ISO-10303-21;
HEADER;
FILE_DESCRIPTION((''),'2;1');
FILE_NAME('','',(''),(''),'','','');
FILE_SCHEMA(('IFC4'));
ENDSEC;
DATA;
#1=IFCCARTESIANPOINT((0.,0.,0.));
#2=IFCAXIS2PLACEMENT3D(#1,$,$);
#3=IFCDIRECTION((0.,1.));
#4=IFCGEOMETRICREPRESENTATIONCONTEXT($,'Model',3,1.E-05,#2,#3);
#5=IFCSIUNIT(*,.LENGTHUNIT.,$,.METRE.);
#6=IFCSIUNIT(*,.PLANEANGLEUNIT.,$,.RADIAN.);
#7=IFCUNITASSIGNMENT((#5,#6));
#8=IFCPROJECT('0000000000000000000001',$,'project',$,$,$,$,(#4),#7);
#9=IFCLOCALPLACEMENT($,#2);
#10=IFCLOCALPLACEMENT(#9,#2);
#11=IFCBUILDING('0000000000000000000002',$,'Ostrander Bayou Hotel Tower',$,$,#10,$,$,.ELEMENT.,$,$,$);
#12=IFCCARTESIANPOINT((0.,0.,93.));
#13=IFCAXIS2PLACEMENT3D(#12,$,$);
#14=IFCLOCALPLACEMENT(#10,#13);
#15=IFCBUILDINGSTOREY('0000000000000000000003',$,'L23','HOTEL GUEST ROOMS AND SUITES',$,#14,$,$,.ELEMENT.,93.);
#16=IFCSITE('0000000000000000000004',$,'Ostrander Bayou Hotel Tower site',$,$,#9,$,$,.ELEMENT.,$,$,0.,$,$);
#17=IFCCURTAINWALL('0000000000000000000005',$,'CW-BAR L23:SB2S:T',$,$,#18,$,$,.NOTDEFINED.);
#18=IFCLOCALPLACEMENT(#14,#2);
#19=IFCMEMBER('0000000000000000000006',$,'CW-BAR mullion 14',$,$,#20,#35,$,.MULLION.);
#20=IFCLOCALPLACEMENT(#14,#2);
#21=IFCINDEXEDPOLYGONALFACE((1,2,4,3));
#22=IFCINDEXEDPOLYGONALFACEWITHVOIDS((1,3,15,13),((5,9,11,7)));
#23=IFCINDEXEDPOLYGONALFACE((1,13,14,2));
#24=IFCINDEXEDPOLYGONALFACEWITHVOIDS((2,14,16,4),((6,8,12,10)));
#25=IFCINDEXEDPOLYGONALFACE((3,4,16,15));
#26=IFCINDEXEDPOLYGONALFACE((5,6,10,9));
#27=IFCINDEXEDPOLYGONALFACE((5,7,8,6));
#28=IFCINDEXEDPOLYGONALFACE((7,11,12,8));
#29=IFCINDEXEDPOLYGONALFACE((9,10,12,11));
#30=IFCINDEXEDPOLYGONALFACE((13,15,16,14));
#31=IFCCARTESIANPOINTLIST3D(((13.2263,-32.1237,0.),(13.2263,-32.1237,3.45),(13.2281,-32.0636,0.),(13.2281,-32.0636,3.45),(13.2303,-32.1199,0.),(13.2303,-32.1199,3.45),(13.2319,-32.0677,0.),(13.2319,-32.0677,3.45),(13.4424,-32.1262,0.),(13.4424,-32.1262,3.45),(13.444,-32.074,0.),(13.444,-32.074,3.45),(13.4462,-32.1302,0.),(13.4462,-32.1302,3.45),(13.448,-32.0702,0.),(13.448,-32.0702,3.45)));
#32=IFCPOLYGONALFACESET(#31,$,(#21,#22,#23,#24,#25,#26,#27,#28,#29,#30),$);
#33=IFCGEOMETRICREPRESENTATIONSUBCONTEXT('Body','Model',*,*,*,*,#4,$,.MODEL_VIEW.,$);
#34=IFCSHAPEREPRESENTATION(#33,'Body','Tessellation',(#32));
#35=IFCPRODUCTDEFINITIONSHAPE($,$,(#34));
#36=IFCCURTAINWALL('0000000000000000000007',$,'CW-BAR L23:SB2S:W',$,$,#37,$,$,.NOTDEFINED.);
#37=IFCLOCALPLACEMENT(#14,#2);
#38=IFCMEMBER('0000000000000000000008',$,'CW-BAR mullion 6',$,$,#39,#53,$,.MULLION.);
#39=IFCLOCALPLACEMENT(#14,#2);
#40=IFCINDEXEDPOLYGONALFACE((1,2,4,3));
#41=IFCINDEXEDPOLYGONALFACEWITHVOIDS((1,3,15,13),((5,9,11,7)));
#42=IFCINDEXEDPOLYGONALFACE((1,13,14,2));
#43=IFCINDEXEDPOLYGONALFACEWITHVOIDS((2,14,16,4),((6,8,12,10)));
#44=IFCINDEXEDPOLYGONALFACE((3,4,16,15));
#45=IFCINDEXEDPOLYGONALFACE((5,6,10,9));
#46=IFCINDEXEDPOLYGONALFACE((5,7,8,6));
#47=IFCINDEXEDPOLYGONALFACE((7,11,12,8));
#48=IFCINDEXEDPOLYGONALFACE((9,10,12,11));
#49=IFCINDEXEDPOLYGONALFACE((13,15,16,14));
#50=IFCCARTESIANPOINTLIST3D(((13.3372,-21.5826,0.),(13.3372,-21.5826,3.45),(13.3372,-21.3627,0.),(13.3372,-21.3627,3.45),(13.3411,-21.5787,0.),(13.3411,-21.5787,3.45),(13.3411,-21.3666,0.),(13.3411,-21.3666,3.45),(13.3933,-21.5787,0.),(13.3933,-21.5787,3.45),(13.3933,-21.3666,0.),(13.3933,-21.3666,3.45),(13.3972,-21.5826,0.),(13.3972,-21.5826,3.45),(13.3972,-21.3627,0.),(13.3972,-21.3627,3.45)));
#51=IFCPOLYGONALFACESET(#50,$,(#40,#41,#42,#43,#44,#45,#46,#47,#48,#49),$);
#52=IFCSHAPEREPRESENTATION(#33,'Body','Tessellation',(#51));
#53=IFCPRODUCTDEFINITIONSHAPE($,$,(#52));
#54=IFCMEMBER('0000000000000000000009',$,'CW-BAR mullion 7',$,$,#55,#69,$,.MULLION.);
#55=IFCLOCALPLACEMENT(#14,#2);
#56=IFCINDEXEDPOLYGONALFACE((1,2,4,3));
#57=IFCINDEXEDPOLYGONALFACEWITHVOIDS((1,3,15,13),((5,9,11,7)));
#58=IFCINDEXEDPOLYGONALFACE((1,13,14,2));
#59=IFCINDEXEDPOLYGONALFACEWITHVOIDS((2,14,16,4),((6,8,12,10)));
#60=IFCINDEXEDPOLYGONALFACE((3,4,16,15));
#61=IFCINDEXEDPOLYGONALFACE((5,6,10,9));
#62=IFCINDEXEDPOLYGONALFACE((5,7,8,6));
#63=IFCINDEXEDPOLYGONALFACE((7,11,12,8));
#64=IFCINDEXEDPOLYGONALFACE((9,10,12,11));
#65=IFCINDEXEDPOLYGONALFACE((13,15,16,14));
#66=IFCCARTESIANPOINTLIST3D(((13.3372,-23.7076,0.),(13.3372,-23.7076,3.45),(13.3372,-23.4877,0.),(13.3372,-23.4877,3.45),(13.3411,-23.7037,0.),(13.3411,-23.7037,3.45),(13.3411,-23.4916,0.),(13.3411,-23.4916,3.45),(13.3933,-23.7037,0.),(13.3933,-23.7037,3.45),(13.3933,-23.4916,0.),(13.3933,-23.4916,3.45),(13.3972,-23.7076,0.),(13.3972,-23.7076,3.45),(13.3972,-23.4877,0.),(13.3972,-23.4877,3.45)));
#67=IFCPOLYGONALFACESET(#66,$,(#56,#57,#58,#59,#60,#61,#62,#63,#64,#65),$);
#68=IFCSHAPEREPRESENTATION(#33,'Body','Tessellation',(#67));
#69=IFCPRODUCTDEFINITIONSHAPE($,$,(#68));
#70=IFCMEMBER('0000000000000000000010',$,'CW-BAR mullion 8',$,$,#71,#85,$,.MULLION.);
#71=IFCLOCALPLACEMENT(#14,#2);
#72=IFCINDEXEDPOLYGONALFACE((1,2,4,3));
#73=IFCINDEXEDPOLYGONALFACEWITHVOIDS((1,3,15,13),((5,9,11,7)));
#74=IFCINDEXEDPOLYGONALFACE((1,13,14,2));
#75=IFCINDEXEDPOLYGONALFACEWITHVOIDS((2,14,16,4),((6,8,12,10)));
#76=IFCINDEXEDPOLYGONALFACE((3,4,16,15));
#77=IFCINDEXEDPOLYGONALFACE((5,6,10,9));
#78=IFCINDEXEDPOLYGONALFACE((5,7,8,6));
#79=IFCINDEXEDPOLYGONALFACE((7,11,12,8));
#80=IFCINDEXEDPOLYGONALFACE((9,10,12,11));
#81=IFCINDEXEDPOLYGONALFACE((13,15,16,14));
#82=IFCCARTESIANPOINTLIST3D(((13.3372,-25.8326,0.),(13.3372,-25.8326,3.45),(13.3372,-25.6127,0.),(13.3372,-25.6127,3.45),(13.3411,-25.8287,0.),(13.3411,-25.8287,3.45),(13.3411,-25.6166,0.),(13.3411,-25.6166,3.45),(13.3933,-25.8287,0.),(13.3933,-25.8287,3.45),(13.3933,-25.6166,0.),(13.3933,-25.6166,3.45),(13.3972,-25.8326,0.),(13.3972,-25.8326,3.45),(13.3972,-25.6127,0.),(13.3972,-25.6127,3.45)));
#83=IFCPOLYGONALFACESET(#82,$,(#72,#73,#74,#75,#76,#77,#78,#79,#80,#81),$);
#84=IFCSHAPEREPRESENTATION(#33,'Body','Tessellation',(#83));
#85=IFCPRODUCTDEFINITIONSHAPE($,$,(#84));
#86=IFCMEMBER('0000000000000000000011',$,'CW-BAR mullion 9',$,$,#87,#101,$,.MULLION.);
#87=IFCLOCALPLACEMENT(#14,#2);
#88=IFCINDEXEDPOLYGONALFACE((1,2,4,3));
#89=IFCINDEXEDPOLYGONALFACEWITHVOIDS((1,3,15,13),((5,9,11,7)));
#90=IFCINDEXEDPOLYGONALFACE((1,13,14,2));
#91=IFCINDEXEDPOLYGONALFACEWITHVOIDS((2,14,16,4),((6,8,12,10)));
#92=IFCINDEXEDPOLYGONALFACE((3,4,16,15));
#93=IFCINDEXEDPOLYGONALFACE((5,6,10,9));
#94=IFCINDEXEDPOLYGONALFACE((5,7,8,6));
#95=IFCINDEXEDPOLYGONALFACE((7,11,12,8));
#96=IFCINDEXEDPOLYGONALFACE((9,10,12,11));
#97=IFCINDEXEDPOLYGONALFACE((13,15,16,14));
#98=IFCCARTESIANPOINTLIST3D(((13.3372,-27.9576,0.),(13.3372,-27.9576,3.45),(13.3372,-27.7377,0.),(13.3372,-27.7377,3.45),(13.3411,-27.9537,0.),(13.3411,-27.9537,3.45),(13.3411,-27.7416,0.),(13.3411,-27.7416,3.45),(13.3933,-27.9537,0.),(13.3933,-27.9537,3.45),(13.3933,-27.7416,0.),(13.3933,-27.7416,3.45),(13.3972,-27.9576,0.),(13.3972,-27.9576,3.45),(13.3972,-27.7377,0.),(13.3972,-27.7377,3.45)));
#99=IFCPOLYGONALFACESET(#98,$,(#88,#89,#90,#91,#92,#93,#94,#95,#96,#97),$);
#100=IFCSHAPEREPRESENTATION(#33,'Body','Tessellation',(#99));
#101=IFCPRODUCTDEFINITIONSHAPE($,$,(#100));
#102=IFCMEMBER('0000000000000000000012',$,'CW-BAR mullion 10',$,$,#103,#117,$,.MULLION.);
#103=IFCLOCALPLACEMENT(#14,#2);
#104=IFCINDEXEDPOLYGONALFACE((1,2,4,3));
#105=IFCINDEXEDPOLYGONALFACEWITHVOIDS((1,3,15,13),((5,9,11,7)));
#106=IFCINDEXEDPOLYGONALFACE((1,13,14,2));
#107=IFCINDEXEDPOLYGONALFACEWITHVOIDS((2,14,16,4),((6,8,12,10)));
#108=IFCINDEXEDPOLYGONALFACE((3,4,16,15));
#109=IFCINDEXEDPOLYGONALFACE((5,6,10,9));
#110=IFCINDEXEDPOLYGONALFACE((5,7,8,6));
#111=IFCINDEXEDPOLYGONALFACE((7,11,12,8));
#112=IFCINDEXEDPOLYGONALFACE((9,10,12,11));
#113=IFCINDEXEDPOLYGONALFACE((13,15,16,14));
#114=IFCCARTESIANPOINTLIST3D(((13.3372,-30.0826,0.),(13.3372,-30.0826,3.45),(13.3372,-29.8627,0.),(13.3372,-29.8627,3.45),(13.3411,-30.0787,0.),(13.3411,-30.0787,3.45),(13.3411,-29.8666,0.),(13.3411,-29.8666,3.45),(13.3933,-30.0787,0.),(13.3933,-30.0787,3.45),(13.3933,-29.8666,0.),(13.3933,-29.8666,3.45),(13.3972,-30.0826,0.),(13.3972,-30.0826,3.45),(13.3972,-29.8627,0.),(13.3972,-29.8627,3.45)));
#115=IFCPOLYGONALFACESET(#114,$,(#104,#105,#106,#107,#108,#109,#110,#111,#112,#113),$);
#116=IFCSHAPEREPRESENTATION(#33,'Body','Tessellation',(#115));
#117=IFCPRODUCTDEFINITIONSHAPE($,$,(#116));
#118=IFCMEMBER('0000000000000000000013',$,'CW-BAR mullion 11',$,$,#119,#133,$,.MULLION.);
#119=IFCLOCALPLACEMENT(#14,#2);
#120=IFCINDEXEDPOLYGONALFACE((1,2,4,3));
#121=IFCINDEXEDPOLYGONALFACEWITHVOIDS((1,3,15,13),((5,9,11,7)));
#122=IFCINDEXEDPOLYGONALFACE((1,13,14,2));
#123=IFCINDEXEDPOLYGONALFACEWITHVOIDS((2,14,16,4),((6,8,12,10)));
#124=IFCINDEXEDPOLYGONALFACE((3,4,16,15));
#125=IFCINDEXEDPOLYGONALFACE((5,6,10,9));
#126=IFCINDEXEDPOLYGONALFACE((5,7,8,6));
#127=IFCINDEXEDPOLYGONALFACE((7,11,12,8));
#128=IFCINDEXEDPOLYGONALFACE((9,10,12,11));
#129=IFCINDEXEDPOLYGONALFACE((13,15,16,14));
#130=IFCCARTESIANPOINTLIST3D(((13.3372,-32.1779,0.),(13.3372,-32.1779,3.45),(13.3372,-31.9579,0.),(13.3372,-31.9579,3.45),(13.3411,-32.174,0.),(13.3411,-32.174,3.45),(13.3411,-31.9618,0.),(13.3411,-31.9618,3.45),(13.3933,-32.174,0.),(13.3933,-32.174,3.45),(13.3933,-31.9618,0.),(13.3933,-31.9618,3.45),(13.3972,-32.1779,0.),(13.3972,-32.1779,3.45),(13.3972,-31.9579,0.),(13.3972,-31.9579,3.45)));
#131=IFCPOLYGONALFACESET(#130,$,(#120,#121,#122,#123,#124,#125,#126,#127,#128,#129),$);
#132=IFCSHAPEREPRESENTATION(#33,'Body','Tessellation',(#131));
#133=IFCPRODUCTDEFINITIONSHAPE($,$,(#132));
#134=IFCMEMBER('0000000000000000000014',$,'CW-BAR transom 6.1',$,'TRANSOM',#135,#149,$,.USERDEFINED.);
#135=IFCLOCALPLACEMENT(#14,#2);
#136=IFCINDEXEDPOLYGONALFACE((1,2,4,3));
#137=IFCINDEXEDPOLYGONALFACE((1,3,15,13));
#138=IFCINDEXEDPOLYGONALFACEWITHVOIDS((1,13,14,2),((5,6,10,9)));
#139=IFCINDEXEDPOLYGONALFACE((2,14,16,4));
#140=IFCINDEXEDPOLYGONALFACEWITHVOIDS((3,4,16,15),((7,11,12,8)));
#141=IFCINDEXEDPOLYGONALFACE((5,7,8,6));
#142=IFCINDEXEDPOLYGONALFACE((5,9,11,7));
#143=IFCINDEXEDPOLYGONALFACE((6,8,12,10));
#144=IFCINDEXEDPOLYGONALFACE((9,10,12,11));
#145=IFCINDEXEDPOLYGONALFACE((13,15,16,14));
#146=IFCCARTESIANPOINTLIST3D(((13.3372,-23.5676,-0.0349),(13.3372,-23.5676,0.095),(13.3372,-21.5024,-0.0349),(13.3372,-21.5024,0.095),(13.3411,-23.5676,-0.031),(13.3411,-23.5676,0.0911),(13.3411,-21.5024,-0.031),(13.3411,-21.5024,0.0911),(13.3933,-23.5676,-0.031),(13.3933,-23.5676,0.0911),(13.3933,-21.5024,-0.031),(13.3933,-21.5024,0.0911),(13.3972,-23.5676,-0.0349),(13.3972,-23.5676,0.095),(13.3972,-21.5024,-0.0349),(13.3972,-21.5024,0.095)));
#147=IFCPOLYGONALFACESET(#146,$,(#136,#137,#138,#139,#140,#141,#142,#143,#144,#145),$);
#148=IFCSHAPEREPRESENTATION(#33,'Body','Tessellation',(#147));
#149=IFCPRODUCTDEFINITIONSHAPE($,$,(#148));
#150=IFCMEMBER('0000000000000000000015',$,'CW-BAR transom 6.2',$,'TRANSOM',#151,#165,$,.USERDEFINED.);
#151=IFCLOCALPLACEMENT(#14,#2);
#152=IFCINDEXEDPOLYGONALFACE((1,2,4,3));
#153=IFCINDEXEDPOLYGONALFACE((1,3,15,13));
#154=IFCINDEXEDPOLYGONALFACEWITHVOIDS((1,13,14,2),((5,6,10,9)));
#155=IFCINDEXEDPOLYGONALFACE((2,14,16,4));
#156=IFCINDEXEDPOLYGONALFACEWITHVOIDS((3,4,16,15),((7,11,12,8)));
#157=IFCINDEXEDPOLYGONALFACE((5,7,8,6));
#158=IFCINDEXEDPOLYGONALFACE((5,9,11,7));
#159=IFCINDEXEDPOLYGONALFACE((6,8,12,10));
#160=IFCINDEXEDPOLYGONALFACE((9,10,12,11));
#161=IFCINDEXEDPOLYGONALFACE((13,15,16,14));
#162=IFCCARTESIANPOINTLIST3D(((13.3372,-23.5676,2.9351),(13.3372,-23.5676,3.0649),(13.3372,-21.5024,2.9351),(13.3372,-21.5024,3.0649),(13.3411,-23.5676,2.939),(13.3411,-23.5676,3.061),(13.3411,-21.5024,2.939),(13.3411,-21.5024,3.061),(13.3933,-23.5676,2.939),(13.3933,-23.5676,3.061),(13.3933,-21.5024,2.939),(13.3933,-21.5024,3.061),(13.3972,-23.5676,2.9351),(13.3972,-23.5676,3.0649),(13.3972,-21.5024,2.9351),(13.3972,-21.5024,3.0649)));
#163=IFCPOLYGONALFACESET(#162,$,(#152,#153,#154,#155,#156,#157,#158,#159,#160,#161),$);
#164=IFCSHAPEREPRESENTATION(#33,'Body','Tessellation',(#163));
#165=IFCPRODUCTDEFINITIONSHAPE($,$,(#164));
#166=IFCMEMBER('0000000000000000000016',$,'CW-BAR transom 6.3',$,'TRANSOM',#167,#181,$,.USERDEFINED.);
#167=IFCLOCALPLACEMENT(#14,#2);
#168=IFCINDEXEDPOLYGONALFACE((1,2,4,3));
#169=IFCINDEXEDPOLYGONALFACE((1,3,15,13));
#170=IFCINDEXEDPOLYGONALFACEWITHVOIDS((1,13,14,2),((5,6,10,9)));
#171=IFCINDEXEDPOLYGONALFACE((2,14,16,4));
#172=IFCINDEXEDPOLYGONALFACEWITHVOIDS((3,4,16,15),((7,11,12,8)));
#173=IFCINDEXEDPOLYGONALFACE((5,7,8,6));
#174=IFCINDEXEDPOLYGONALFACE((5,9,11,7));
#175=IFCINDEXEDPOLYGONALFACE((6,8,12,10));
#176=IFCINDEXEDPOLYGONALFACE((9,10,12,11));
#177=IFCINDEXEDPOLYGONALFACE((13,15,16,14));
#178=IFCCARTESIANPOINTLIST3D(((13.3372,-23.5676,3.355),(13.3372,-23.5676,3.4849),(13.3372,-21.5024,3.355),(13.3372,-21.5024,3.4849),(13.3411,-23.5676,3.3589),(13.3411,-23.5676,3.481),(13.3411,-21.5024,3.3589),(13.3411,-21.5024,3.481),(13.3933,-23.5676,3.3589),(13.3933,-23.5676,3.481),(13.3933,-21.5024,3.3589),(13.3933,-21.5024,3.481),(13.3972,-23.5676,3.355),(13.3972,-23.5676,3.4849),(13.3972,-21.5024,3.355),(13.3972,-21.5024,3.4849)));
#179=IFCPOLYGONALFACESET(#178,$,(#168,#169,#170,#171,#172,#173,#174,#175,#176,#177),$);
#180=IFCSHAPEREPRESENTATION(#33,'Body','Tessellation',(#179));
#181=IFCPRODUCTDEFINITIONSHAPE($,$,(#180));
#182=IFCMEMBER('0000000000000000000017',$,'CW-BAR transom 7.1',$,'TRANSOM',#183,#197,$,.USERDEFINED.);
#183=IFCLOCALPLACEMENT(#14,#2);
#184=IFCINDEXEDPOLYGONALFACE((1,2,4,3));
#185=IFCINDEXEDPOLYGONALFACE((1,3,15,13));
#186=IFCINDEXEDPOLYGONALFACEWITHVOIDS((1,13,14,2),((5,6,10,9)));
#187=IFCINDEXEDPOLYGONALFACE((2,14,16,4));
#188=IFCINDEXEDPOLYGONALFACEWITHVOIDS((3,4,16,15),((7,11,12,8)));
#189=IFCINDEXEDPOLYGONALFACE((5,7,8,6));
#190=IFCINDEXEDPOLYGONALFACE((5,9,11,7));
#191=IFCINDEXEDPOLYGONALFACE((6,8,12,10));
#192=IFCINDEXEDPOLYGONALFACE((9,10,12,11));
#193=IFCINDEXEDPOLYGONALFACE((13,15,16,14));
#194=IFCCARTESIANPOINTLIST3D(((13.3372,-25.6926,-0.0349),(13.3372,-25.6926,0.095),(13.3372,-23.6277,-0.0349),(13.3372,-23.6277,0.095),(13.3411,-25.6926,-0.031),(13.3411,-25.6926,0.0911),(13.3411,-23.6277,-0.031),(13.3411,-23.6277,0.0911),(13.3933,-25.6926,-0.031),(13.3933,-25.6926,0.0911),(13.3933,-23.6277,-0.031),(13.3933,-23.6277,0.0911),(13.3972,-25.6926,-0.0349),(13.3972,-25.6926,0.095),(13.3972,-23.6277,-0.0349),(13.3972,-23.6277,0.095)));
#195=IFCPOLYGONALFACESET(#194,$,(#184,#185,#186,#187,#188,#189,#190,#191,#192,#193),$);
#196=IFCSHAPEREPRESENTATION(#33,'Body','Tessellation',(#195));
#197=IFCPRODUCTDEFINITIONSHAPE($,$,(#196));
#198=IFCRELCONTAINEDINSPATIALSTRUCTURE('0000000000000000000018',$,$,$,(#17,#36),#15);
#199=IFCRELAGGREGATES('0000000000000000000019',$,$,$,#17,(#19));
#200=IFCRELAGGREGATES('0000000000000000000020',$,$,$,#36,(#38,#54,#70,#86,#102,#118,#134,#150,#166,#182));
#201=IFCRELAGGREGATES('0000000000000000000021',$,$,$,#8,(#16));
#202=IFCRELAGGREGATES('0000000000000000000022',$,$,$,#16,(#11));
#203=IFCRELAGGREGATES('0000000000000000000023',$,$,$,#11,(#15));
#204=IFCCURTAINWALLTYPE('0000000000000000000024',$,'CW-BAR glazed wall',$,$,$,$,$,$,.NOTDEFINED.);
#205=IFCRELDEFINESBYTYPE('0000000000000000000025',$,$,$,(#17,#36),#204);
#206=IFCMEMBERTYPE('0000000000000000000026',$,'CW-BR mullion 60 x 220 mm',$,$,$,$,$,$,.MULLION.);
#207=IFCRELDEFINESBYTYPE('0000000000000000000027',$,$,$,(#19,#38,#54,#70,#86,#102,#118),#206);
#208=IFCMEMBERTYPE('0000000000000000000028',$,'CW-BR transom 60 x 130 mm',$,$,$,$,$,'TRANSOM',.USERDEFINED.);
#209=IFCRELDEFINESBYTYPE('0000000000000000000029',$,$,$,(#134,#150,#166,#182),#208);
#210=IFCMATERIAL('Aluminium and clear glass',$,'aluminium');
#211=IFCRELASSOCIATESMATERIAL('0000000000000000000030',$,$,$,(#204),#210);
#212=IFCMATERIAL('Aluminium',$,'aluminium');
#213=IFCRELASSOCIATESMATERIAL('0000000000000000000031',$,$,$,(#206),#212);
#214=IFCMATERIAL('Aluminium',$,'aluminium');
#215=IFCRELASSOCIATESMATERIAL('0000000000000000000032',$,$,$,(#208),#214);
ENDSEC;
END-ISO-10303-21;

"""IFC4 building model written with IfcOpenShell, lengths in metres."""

from ifc_helpers import new_model, si_unit, direction, frame, origin, origin_2d, place, context, subcontext, project, spatial, hollow_rectangle, extrude, material, material_profile, profile_set, type_object, element, aggregate, save


model = new_model("IFC4")

# Units and contexts
model_context = context("Model", 3, precision=1e-05, world=origin(), true_north=direction((0.0, 1.0)))
body_context = subcontext(model_context, "Body", "Model", "MODEL_VIEW")
ifc_project = project(units=[si_unit("LENGTHUNIT", "METRE"), si_unit("PLANEANGLEUNIT", "RADIAN")], contexts=[model_context])

# Site, building, storey
site_placement = place(None, origin())
site = spatial("IfcSite", under=ifc_project, at=site_placement, Name="Ostrander Bayou Hotel Tower site", CompositionType="ELEMENT", RefElevation=0.0)
building_placement = place(site_placement, origin())
building = spatial("IfcBuilding", under=site, at=building_placement, Name="Ostrander Bayou Hotel Tower", CompositionType="ELEMENT")
storey_placement = place(building_placement, frame((0.0, 0.0, 93.0)))
storey = spatial("IfcBuildingStorey", under=building, at=storey_placement, Name="L23", Description="HOTEL GUEST ROOMS AND SUITES", CompositionType="ELEMENT", Elevation=93.0)

# Curtain wall, member
ifc_material_1 = material(Name="Aluminium and clear glass", Category="aluminium")
curtain_wall_type = type_object("IfcCurtainWallType", Name="CW-BAR glazed wall", PredefinedType="NOTDEFINED", material=ifc_material_1)
curtain_wall_1_placement = place(storey_placement, origin())
curtain_wall_1 = element("IfcCurtainWall", 1, at=curtain_wall_1_placement, inside=storey, type_object=curtain_wall_type, Name="CW-BAR L23:SB2S:T", PredefinedType="NOTDEFINED")
ifc_material_2 = material(Name="Aluminium", Category="aluminium")
ifc_material_profile_1 = material_profile(ifc_material_2, hollow_rectangle(XDim=0.0601, YDim=0.22, WallThickness=0.0039, at=origin_2d()))
ifc_profile_set_1 = profile_set([ifc_material_profile_1], Name="Aluminium")
member_type_1 = type_object("IfcMemberType", Name="CW-BR mullion 60 x 220 mm", PredefinedType="MULLION", material=ifc_profile_set_1)
member_1_placement = place(storey_placement, frame((13.3372, -32.0969, 0.0), z_axis=(0.0, 0.0, 1.0), x_axis=(0.029746, 0.999557, 0.0)))
member_1 = element("IfcMember", 2, at=member_1_placement, type_object=member_type_1, Name="CW-BAR mullion 14", PredefinedType="MULLION", context=body_context, shape_type="SweptSolid", body=[
    extrude(hollow_rectangle(XDim=0.0601, YDim=0.22, WallThickness=0.0039, at=origin_2d()), origin(), (0.0, 0.0, 1.0), 3.45),
])

# Curtain wall, members
curtain_wall_2_placement = place(storey_placement, origin())
curtain_wall_2 = element("IfcCurtainWall", 3, at=curtain_wall_2_placement, inside=storey, type_object=curtain_wall_type, Name="CW-BAR L23:SB2S:W", PredefinedType="NOTDEFINED")
member_2_placement = place(storey_placement, frame((13.3672, -21.4727, 0.0), z_axis=(0.0, 0.0, 1.0), x_axis=(1.0, 0.0, 0.0)))
member_2 = element("IfcMember", 4, at=member_2_placement, type_object=member_type_1, Name="CW-BAR mullion 6", PredefinedType="MULLION", context=body_context, shape_type="SweptSolid", body=[
    extrude(hollow_rectangle(XDim=0.0601, YDim=0.22, WallThickness=0.0039, at=origin_2d()), origin(), (0.0, 0.0, 1.0), 3.45),
])
member_3_placement = place(storey_placement, frame((13.3672, -23.5977, 0.0), z_axis=(0.0, 0.0, 1.0), x_axis=(1.0, 0.0, 0.0)))
member_3 = element("IfcMember", 5, at=member_3_placement, type_object=member_type_1, Name="CW-BAR mullion 7", PredefinedType="MULLION", context=body_context, shape_type="SweptSolid", body=[
    extrude(hollow_rectangle(XDim=0.0601, YDim=0.22, WallThickness=0.0039, at=origin_2d()), origin(), (0.0, 0.0, 1.0), 3.45),
])
member_4_placement = place(storey_placement, frame((13.3672, -25.7227, 0.0), z_axis=(0.0, 0.0, 1.0), x_axis=(1.0, 0.0, 0.0)))
member_4 = element("IfcMember", 6, at=member_4_placement, type_object=member_type_1, Name="CW-BAR mullion 8", PredefinedType="MULLION", context=body_context, shape_type="SweptSolid", body=[
    extrude(hollow_rectangle(XDim=0.0601, YDim=0.22, WallThickness=0.0039, at=origin_2d()), origin(), (0.0, 0.0, 1.0), 3.45),
])
member_5_placement = place(storey_placement, frame((13.3672, -27.8477, 0.0), z_axis=(0.0, 0.0, 1.0), x_axis=(1.0, 0.0, 0.0)))
member_5 = element("IfcMember", 7, at=member_5_placement, type_object=member_type_1, Name="CW-BAR mullion 9", PredefinedType="MULLION", context=body_context, shape_type="SweptSolid", body=[
    extrude(hollow_rectangle(XDim=0.0601, YDim=0.22, WallThickness=0.0039, at=origin_2d()), origin(), (0.0, 0.0, 1.0), 3.45),
])
member_6_placement = place(storey_placement, frame((13.3672, -29.9727, 0.0), z_axis=(0.0, 0.0, 1.0), x_axis=(1.0, 0.0, 0.0)))
member_6 = element("IfcMember", 8, at=member_6_placement, type_object=member_type_1, Name="CW-BAR mullion 10", PredefinedType="MULLION", context=body_context, shape_type="SweptSolid", body=[
    extrude(hollow_rectangle(XDim=0.0601, YDim=0.22, WallThickness=0.0039, at=origin_2d()), origin(), (0.0, 0.0, 1.0), 3.45),
])
member_7_placement = place(storey_placement, frame((13.3672, -32.0679, 0.0), z_axis=(0.0, 0.0, 1.0), x_axis=(1.0, 0.0, 0.0)))
member_7 = element("IfcMember", 9, at=member_7_placement, type_object=member_type_1, Name="CW-BAR mullion 11", PredefinedType="MULLION", context=body_context, shape_type="SweptSolid", body=[
    extrude(hollow_rectangle(XDim=0.0601, YDim=0.22, WallThickness=0.0039, at=origin_2d()), origin(), (0.0, 0.0, 1.0), 3.45),
])
ifc_material_3 = material(Name="Aluminium", Category="aluminium")
ifc_material_profile_2 = material_profile(ifc_material_3, hollow_rectangle(XDim=0.0601, YDim=0.1299, WallThickness=0.0039, at=origin_2d()))
ifc_profile_set_2 = profile_set([ifc_material_profile_2], Name="Aluminium")
member_type_2 = type_object("IfcMemberType", Name="CW-BR transom 60 x 130 mm", ElementType="TRANSOM", PredefinedType="USERDEFINED", material=ifc_profile_set_2)
member_8_placement = place(storey_placement, frame((13.3672, -21.5024, 0.03), z_axis=(0.0, -1.0, 0.0), x_axis=(1.0, 0.0, 0.0)))
member_8 = element("IfcMember", 10, at=member_8_placement, type_object=member_type_2, Name="CW-BAR transom 6.1", ObjectType="TRANSOM", PredefinedType="USERDEFINED", context=body_context, shape_type="SweptSolid", body=[
    extrude(hollow_rectangle(XDim=0.0601, YDim=0.1299, WallThickness=0.0039, at=origin_2d()), origin(), (0.0, 0.0, 1.0), 2.0652),
])
member_9_placement = place(storey_placement, frame((13.3672, -21.5024, 3.0), z_axis=(0.0, -1.0, 0.0), x_axis=(1.0, 0.0, 0.0)))
member_9 = element("IfcMember", 11, at=member_9_placement, type_object=member_type_2, Name="CW-BAR transom 6.2", ObjectType="TRANSOM", PredefinedType="USERDEFINED", context=body_context, shape_type="SweptSolid", body=[
    extrude(hollow_rectangle(XDim=0.0601, YDim=0.1299, WallThickness=0.0039, at=origin_2d()), origin(), (0.0, 0.0, 1.0), 2.0652),
])
member_10_placement = place(storey_placement, frame((13.3672, -21.5024, 3.4199), z_axis=(0.0, -1.0, 0.0), x_axis=(1.0, 0.0, 0.0)))
member_10 = element("IfcMember", 12, at=member_10_placement, type_object=member_type_2, Name="CW-BAR transom 6.3", ObjectType="TRANSOM", PredefinedType="USERDEFINED", context=body_context, shape_type="SweptSolid", body=[
    extrude(hollow_rectangle(XDim=0.0601, YDim=0.1299, WallThickness=0.0039, at=origin_2d()), origin(), (0.0, 0.0, 1.0), 2.0652),
])
member_11_placement = place(storey_placement, frame((13.3672, -23.6277, 0.03), z_axis=(0.0, -1.0, 0.0), x_axis=(1.0, 0.0, 0.0)))
member_11 = element("IfcMember", 13, at=member_11_placement, type_object=member_type_2, Name="CW-BAR transom 7.1", ObjectType="TRANSOM", PredefinedType="USERDEFINED", context=body_context, shape_type="SweptSolid", body=[
    extrude(hollow_rectangle(XDim=0.0601, YDim=0.1299, WallThickness=0.0039, at=origin_2d()), origin(), (0.0, 0.0, 1.0), 2.0649),
])

aggregate(curtain_wall_1, [member_1])
aggregate(curtain_wall_2, [member_2, member_3, member_4, member_5, member_6, member_7, member_8, member_9, member_10, member_11])

save(model, "model.ifc")
